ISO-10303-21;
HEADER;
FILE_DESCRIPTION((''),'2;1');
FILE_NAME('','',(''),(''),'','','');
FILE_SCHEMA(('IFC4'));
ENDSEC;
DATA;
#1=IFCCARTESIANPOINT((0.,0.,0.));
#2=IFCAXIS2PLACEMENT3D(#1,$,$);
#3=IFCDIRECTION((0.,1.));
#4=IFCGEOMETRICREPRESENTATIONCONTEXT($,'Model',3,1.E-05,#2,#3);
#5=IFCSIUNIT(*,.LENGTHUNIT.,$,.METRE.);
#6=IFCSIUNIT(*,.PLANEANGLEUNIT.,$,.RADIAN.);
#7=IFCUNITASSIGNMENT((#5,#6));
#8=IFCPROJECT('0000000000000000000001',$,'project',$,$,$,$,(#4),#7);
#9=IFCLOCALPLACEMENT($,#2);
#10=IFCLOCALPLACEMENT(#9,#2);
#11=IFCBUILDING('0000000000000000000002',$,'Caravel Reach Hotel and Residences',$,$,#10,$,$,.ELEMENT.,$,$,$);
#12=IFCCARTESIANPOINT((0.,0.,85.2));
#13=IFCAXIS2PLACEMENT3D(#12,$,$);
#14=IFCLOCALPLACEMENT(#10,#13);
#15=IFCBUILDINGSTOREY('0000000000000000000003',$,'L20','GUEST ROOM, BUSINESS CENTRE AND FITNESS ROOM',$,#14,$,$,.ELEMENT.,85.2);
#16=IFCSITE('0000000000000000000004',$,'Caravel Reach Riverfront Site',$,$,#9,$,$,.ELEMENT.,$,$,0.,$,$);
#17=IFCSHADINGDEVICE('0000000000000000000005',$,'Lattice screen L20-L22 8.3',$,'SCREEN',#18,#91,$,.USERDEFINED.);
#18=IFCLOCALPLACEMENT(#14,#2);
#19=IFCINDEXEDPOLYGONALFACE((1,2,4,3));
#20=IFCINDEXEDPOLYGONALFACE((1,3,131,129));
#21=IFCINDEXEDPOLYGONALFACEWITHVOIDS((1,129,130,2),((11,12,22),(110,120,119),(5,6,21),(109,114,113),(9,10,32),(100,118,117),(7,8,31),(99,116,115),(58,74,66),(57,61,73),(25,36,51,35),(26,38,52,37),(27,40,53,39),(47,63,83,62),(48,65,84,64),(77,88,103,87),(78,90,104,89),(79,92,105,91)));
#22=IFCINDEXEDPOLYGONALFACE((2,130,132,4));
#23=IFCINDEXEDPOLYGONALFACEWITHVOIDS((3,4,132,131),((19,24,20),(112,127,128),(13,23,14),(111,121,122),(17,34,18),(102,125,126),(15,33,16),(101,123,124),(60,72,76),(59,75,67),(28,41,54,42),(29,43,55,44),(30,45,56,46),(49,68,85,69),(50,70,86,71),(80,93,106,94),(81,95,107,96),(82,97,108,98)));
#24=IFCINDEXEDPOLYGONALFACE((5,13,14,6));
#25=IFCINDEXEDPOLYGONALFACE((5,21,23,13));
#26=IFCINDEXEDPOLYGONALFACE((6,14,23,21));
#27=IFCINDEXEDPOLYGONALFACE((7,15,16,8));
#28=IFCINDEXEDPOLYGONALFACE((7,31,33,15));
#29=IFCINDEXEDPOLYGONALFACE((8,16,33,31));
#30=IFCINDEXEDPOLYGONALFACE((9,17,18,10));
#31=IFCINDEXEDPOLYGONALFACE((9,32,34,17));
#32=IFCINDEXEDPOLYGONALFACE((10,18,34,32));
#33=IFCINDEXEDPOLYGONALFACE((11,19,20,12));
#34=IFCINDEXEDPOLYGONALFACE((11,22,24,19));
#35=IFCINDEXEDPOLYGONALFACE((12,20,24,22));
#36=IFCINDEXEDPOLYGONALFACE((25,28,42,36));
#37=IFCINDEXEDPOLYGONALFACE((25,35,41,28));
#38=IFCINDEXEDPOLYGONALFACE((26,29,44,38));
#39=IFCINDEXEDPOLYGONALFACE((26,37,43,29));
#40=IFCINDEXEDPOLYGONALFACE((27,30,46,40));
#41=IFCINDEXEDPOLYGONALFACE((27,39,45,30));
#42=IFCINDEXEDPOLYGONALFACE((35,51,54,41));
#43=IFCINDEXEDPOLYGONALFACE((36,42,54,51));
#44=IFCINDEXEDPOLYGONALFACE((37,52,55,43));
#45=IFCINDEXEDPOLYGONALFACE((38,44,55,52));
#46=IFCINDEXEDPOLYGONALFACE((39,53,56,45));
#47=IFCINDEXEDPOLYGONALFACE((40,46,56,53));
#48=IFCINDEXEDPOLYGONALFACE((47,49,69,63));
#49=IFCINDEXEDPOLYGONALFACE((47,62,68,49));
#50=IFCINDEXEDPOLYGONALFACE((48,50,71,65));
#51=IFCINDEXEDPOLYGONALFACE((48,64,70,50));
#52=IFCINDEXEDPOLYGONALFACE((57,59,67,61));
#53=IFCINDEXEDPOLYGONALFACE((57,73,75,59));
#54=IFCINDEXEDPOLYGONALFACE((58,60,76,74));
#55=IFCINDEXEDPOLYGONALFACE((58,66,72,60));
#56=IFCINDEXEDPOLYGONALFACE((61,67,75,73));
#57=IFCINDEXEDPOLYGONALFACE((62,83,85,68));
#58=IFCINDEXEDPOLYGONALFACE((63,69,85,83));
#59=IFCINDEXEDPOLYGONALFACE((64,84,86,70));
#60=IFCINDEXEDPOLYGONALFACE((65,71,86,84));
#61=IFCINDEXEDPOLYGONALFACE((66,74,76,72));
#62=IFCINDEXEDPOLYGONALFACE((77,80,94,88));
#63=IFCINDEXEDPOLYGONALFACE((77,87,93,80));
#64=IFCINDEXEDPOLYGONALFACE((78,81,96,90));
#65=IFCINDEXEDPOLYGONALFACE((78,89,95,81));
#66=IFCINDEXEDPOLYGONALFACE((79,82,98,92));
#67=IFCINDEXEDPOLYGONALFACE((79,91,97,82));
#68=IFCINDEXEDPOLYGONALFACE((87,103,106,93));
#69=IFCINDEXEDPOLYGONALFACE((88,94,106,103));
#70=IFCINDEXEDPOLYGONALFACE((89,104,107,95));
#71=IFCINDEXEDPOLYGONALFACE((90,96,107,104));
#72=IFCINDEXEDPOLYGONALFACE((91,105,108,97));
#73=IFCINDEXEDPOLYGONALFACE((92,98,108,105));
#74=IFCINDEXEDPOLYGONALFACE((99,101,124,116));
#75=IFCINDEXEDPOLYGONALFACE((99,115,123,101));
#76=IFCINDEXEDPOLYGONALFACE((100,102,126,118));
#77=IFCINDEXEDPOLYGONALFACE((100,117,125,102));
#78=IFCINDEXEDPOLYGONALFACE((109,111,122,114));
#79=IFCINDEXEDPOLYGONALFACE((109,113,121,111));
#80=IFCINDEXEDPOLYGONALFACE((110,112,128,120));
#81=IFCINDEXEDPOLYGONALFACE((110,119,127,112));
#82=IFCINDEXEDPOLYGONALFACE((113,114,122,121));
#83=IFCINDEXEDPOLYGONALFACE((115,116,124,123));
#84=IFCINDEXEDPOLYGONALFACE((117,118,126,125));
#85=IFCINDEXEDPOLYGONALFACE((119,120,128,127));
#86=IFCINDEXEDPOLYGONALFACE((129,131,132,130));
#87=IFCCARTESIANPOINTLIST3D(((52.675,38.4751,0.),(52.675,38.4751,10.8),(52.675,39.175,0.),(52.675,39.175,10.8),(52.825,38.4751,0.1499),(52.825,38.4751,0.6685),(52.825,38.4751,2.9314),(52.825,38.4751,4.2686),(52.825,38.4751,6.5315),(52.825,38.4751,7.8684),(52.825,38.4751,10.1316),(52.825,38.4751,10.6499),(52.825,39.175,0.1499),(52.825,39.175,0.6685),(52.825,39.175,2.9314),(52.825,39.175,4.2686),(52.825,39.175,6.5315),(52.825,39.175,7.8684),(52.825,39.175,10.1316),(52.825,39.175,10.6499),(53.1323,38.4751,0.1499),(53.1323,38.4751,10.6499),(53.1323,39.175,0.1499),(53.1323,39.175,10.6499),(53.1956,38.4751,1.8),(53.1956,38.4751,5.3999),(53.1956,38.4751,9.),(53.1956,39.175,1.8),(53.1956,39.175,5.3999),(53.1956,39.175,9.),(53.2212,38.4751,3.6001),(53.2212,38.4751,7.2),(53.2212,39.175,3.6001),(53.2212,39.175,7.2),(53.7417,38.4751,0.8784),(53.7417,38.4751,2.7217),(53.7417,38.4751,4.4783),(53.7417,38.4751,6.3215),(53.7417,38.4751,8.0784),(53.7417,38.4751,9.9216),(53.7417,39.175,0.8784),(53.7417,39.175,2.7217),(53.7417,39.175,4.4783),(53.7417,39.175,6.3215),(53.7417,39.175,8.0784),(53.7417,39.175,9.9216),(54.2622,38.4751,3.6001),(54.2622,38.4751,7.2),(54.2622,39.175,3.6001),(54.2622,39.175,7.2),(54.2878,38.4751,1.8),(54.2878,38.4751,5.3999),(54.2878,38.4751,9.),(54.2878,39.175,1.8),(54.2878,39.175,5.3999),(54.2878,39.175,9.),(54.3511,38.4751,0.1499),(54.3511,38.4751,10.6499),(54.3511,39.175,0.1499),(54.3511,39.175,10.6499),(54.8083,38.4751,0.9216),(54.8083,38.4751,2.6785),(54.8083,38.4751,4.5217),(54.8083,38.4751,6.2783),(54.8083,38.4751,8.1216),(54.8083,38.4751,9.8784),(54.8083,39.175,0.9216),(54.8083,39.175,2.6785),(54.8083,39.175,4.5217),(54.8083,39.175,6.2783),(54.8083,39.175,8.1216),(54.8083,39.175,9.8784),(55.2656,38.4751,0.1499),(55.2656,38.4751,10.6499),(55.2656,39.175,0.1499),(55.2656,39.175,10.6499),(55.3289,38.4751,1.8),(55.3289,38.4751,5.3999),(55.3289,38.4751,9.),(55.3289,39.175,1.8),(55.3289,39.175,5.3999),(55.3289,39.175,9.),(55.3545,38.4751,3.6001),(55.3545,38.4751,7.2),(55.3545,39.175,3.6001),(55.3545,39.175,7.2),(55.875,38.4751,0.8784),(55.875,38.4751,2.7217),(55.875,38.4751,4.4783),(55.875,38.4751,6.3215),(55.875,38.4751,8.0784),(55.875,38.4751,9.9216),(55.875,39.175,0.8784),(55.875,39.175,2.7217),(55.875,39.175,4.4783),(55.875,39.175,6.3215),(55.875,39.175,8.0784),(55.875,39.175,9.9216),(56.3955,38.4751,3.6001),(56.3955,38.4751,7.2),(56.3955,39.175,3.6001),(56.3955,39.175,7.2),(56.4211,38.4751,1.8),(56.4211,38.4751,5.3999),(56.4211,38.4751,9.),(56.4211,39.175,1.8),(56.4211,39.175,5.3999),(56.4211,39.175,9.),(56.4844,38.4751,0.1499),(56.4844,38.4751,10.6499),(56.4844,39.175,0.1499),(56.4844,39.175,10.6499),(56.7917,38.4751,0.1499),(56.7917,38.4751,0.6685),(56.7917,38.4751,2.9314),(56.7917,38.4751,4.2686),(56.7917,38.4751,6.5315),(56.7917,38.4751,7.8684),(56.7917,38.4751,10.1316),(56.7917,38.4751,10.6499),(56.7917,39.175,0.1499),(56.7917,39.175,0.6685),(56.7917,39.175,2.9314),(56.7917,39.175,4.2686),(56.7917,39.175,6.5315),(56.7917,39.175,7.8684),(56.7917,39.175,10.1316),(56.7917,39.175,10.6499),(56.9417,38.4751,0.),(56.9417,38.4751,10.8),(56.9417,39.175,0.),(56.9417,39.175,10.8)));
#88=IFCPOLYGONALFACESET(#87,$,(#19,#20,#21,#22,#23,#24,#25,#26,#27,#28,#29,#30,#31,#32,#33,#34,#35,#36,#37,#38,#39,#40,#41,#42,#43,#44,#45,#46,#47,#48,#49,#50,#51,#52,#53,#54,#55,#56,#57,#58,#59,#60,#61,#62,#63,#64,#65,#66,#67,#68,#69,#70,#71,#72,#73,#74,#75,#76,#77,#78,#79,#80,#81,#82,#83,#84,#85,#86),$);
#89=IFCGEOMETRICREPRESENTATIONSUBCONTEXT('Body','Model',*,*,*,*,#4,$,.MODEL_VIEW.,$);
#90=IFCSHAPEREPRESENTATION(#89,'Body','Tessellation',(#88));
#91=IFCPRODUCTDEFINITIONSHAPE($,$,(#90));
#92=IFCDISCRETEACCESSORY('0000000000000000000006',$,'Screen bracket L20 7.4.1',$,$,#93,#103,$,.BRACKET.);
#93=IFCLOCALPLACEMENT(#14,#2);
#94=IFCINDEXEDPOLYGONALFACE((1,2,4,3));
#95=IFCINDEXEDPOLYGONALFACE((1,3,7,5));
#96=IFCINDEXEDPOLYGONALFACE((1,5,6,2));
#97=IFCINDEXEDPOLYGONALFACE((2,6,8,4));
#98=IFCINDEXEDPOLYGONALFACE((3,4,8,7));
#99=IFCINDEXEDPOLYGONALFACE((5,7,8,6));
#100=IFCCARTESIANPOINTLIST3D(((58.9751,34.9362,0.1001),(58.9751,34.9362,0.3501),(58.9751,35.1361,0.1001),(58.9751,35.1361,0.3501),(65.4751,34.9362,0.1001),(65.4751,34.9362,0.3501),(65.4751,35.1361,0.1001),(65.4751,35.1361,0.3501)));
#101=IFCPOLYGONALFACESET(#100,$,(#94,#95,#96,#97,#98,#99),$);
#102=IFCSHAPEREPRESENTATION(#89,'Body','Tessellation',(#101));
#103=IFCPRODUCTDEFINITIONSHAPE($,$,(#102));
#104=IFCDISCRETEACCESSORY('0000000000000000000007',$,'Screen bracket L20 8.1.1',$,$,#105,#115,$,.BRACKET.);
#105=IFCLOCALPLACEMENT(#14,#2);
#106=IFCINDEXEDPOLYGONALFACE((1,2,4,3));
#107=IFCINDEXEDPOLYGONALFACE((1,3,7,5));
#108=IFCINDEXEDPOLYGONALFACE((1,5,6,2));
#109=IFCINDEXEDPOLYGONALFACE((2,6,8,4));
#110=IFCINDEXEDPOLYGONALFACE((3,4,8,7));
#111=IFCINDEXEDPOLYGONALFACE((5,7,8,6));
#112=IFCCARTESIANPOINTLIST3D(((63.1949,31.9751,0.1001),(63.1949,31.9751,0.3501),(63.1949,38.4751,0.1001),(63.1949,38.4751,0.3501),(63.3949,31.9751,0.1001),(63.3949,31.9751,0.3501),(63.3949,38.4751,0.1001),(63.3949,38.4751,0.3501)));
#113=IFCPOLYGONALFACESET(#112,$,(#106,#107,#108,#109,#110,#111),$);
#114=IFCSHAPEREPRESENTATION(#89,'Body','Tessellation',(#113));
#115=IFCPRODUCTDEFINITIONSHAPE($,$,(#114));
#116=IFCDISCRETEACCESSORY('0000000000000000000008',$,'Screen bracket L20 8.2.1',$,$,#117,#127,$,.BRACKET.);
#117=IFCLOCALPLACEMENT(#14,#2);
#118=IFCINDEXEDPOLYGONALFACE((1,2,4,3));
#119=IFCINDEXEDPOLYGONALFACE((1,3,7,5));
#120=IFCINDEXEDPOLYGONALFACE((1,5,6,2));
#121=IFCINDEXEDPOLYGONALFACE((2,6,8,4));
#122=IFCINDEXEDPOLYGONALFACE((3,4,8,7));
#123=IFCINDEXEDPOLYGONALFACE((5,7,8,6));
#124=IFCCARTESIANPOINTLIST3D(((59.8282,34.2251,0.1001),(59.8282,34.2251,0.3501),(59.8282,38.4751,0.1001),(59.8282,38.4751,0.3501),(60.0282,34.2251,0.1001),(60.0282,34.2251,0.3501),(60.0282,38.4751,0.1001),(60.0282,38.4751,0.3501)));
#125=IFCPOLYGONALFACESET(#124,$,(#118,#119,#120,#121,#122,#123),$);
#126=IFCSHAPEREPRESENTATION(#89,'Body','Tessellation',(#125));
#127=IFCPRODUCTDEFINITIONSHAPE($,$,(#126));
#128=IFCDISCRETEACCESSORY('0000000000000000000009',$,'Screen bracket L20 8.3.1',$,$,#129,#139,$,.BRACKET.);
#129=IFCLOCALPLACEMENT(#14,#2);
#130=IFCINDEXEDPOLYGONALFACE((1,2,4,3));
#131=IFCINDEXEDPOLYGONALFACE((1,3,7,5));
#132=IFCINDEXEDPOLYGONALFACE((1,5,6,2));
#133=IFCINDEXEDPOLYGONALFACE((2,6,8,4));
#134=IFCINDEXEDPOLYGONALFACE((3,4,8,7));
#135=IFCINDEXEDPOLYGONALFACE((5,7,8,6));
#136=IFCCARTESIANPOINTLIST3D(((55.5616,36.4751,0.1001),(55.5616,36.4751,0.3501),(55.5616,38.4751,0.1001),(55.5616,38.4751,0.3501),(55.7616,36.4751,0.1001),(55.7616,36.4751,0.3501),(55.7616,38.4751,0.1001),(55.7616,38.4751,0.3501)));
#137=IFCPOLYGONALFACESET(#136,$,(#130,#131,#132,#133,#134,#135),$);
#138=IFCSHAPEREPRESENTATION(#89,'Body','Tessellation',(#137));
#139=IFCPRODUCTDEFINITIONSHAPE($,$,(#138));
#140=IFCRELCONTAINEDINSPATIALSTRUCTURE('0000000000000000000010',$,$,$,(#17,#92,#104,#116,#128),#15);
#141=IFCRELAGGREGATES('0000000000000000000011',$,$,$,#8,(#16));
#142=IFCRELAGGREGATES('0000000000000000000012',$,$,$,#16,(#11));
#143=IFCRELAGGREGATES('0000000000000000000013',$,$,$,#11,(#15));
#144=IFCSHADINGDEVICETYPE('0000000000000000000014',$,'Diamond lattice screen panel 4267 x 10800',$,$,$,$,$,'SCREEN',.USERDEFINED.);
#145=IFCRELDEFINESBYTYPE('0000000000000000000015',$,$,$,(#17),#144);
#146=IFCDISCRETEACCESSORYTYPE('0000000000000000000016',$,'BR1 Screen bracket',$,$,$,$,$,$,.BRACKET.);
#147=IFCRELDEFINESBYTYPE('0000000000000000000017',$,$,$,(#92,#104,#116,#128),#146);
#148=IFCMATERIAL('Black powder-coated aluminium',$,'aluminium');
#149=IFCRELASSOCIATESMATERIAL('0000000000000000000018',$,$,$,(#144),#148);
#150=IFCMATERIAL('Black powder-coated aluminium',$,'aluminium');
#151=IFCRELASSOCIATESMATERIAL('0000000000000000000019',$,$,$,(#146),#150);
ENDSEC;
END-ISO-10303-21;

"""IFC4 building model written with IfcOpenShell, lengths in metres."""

from ifc_helpers import new_model, si_unit, direction, frame, origin, origin_2d, place, context, subcontext, project, spatial, polyline, rectangle, outline, extrude, material, type_object, element, save


model = new_model("IFC4")

# Units and contexts
model_context = context("Model", 3, precision=1e-05, world=origin(), true_north=direction((0.0, 1.0)))
body_context = subcontext(model_context, "Body", "Model", "MODEL_VIEW")
ifc_project = project(units=[si_unit("LENGTHUNIT", "METRE"), si_unit("PLANEANGLEUNIT", "RADIAN")], contexts=[model_context])

# Site, building, storey
site_placement = place(None, origin())
site = spatial("IfcSite", under=ifc_project, at=site_placement, Name="Caravel Reach Riverfront Site", CompositionType="ELEMENT", RefElevation=0.0)
building_placement = place(site_placement, origin())
building = spatial("IfcBuilding", under=site, at=building_placement, Name="Caravel Reach Hotel and Residences", CompositionType="ELEMENT")
storey_placement = place(building_placement, frame((0.0, 0.0, 85.2)))
storey = spatial("IfcBuildingStorey", under=building, at=storey_placement, Name="L20", Description="GUEST ROOM, BUSINESS CENTRE AND FITNESS ROOM", CompositionType="ELEMENT", Elevation=85.2)

# Shading device
ifc_material_1 = material(Name="Black powder-coated aluminium", Category="aluminium")
shading_device_type_1 = type_object("IfcShadingDeviceType", Name="Diamond lattice screen panel 4267 x 10800", ElementType="SCREEN", PredefinedType="USERDEFINED", material=ifc_material_1)
shading_device_1_placement = place(storey_placement, frame((56.9417, 38.4751, 0.0), z_axis=(0.0, 1.0, 0.0), x_axis=(-1.0, 0.0, 0.0)))
element("IfcShadingDevice", 1, at=shading_device_1_placement, inside=storey, type_object=shading_device_type_1, Name="Lattice screen L20-L22 8.3", ObjectType="SCREEN", PredefinedType="USERDEFINED", context=body_context, shape_type="SweptSolid", body=[
    extrude(outline(polyline([(0.0, 0.0), (4.2666, 0.0), (4.2666, 10.8), (0.0, 10.8), (0.0, 0.0)]), holes=[polyline([(0.4573, 0.1499), (0.1499, 0.6685), (0.1499, 0.1499), (0.4573, 0.1499)]), polyline([(0.5461, 3.6001), (0.1499, 4.2686), (0.1499, 2.9314), (0.5461, 3.6001)]), polyline([(0.5461, 7.2), (0.1499, 7.8684), (0.1499, 6.5315), (0.5461, 7.2)]), polyline([(0.1499, 10.1316), (0.4573, 10.6499), (0.1499, 10.6499), (0.1499, 10.1316)]), polyline([(1.0667, 2.7217), (0.5205, 1.8), (1.0667, 0.8784), (1.6128, 1.8), (1.0667, 2.7217)]), polyline([(1.0667, 6.3215), (0.5205, 5.3999), (1.0667, 4.4783), (1.6128, 5.3999), (1.0667, 6.3215)]), polyline([(1.0667, 9.9216), (0.5205, 9.0), (1.0667, 8.0784), (1.6128, 9.0), (1.0667, 9.9216)]), polyline([(2.1333, 0.9216), (1.676, 0.1499), (2.5906, 0.1499), (2.1333, 0.9216)]), polyline([(2.1333, 4.5217), (1.5872, 3.6001), (2.1333, 2.6785), (2.6794, 3.6001), (2.1333, 4.5217)]), polyline([(2.1333, 8.1216), (1.5872, 7.2), (2.1333, 6.2783), (2.6794, 7.2), (2.1333, 8.1216)]), polyline([(2.1333, 9.8784), (2.5906, 10.6499), (1.676, 10.6499), (2.1333, 9.8784)]), polyline([(3.2, 2.7217), (2.6538, 1.8), (3.2, 0.8784), (3.7461, 1.8), (3.2, 2.7217)]), polyline([(3.2, 6.3215), (2.6538, 5.3999), (3.2, 4.4783), (3.7461, 5.3999), (3.2, 6.3215)]), polyline([(3.2, 9.9216), (2.6538, 9.0), (3.2, 8.0784), (3.7461, 9.0), (3.2, 9.9216)]), polyline([(4.1167, 0.6685), (3.8093, 0.1499), (4.1167, 0.1499), (4.1167, 0.6685)]), polyline([(3.7205, 3.6001), (4.1167, 2.9314), (4.1167, 4.2686), (3.7205, 3.6001)]), polyline([(3.7205, 7.2), (4.1167, 6.5315), (4.1167, 7.8684), (3.7205, 7.2)]), polyline([(3.8093, 10.6499), (4.1167, 10.1316), (4.1167, 10.6499), (3.8093, 10.6499)])]), origin(), (0.0, 0.0, 1.0), 0.7),
])

# Discrete accessories
ifc_material_2 = material(Name="Black powder-coated aluminium", Category="aluminium")
discrete_accessory_type = type_object("IfcDiscreteAccessoryType", Name="BR1 Screen bracket", PredefinedType="BRACKET", material=ifc_material_2)
for number, where, z_axis, x_axis, name in (
    (2, (62.2251, 35.0361, 0.1001), (0.0, 0.0, 1.0), (1.0, 0.0, 0.0), "Screen bracket L20 7.4.1"),
    (3, (63.2949, 35.2251, 0.1001), (0.0, 0.0, 1.0), (0.0, 1.0, 0.0), "Screen bracket L20 8.1.1"),
):
    element("IfcDiscreteAccessory", number, at=place(storey_placement, frame(where, z_axis=z_axis, x_axis=x_axis)), inside=storey, type_object=discrete_accessory_type, Name=name, PredefinedType="BRACKET", context=body_context, shape_type="SweptSolid", body=[
        extrude(rectangle(XDim=6.5, YDim=0.2, at=origin_2d()), origin(), (0.0, 0.0, 1.0), 0.25),
    ])
discrete_accessory_1_placement = place(storey_placement, frame((59.9282, 36.3501, 0.1001), z_axis=(0.0, 0.0, 1.0), x_axis=(0.0, 1.0, 0.0)))
element("IfcDiscreteAccessory", 4, at=discrete_accessory_1_placement, inside=storey, type_object=discrete_accessory_type, Name="Screen bracket L20 8.2.1", PredefinedType="BRACKET", context=body_context, shape_type="SweptSolid", body=[
    extrude(rectangle(XDim=4.25, YDim=0.2, at=origin_2d()), origin(), (0.0, 0.0, 1.0), 0.25),
])
discrete_accessory_2_placement = place(storey_placement, frame((55.6616, 37.4751, 0.1001), z_axis=(0.0, 0.0, 1.0), x_axis=(0.0, 1.0, 0.0)))
element("IfcDiscreteAccessory", 5, at=discrete_accessory_2_placement, inside=storey, type_object=discrete_accessory_type, Name="Screen bracket L20 8.3.1", PredefinedType="BRACKET", context=body_context, shape_type="SweptSolid", body=[
    extrude(rectangle(XDim=2.0, YDim=0.2, at=origin_2d()), origin(), (0.0, 0.0, 1.0), 0.25),
])

save(model, "model.ifc")
